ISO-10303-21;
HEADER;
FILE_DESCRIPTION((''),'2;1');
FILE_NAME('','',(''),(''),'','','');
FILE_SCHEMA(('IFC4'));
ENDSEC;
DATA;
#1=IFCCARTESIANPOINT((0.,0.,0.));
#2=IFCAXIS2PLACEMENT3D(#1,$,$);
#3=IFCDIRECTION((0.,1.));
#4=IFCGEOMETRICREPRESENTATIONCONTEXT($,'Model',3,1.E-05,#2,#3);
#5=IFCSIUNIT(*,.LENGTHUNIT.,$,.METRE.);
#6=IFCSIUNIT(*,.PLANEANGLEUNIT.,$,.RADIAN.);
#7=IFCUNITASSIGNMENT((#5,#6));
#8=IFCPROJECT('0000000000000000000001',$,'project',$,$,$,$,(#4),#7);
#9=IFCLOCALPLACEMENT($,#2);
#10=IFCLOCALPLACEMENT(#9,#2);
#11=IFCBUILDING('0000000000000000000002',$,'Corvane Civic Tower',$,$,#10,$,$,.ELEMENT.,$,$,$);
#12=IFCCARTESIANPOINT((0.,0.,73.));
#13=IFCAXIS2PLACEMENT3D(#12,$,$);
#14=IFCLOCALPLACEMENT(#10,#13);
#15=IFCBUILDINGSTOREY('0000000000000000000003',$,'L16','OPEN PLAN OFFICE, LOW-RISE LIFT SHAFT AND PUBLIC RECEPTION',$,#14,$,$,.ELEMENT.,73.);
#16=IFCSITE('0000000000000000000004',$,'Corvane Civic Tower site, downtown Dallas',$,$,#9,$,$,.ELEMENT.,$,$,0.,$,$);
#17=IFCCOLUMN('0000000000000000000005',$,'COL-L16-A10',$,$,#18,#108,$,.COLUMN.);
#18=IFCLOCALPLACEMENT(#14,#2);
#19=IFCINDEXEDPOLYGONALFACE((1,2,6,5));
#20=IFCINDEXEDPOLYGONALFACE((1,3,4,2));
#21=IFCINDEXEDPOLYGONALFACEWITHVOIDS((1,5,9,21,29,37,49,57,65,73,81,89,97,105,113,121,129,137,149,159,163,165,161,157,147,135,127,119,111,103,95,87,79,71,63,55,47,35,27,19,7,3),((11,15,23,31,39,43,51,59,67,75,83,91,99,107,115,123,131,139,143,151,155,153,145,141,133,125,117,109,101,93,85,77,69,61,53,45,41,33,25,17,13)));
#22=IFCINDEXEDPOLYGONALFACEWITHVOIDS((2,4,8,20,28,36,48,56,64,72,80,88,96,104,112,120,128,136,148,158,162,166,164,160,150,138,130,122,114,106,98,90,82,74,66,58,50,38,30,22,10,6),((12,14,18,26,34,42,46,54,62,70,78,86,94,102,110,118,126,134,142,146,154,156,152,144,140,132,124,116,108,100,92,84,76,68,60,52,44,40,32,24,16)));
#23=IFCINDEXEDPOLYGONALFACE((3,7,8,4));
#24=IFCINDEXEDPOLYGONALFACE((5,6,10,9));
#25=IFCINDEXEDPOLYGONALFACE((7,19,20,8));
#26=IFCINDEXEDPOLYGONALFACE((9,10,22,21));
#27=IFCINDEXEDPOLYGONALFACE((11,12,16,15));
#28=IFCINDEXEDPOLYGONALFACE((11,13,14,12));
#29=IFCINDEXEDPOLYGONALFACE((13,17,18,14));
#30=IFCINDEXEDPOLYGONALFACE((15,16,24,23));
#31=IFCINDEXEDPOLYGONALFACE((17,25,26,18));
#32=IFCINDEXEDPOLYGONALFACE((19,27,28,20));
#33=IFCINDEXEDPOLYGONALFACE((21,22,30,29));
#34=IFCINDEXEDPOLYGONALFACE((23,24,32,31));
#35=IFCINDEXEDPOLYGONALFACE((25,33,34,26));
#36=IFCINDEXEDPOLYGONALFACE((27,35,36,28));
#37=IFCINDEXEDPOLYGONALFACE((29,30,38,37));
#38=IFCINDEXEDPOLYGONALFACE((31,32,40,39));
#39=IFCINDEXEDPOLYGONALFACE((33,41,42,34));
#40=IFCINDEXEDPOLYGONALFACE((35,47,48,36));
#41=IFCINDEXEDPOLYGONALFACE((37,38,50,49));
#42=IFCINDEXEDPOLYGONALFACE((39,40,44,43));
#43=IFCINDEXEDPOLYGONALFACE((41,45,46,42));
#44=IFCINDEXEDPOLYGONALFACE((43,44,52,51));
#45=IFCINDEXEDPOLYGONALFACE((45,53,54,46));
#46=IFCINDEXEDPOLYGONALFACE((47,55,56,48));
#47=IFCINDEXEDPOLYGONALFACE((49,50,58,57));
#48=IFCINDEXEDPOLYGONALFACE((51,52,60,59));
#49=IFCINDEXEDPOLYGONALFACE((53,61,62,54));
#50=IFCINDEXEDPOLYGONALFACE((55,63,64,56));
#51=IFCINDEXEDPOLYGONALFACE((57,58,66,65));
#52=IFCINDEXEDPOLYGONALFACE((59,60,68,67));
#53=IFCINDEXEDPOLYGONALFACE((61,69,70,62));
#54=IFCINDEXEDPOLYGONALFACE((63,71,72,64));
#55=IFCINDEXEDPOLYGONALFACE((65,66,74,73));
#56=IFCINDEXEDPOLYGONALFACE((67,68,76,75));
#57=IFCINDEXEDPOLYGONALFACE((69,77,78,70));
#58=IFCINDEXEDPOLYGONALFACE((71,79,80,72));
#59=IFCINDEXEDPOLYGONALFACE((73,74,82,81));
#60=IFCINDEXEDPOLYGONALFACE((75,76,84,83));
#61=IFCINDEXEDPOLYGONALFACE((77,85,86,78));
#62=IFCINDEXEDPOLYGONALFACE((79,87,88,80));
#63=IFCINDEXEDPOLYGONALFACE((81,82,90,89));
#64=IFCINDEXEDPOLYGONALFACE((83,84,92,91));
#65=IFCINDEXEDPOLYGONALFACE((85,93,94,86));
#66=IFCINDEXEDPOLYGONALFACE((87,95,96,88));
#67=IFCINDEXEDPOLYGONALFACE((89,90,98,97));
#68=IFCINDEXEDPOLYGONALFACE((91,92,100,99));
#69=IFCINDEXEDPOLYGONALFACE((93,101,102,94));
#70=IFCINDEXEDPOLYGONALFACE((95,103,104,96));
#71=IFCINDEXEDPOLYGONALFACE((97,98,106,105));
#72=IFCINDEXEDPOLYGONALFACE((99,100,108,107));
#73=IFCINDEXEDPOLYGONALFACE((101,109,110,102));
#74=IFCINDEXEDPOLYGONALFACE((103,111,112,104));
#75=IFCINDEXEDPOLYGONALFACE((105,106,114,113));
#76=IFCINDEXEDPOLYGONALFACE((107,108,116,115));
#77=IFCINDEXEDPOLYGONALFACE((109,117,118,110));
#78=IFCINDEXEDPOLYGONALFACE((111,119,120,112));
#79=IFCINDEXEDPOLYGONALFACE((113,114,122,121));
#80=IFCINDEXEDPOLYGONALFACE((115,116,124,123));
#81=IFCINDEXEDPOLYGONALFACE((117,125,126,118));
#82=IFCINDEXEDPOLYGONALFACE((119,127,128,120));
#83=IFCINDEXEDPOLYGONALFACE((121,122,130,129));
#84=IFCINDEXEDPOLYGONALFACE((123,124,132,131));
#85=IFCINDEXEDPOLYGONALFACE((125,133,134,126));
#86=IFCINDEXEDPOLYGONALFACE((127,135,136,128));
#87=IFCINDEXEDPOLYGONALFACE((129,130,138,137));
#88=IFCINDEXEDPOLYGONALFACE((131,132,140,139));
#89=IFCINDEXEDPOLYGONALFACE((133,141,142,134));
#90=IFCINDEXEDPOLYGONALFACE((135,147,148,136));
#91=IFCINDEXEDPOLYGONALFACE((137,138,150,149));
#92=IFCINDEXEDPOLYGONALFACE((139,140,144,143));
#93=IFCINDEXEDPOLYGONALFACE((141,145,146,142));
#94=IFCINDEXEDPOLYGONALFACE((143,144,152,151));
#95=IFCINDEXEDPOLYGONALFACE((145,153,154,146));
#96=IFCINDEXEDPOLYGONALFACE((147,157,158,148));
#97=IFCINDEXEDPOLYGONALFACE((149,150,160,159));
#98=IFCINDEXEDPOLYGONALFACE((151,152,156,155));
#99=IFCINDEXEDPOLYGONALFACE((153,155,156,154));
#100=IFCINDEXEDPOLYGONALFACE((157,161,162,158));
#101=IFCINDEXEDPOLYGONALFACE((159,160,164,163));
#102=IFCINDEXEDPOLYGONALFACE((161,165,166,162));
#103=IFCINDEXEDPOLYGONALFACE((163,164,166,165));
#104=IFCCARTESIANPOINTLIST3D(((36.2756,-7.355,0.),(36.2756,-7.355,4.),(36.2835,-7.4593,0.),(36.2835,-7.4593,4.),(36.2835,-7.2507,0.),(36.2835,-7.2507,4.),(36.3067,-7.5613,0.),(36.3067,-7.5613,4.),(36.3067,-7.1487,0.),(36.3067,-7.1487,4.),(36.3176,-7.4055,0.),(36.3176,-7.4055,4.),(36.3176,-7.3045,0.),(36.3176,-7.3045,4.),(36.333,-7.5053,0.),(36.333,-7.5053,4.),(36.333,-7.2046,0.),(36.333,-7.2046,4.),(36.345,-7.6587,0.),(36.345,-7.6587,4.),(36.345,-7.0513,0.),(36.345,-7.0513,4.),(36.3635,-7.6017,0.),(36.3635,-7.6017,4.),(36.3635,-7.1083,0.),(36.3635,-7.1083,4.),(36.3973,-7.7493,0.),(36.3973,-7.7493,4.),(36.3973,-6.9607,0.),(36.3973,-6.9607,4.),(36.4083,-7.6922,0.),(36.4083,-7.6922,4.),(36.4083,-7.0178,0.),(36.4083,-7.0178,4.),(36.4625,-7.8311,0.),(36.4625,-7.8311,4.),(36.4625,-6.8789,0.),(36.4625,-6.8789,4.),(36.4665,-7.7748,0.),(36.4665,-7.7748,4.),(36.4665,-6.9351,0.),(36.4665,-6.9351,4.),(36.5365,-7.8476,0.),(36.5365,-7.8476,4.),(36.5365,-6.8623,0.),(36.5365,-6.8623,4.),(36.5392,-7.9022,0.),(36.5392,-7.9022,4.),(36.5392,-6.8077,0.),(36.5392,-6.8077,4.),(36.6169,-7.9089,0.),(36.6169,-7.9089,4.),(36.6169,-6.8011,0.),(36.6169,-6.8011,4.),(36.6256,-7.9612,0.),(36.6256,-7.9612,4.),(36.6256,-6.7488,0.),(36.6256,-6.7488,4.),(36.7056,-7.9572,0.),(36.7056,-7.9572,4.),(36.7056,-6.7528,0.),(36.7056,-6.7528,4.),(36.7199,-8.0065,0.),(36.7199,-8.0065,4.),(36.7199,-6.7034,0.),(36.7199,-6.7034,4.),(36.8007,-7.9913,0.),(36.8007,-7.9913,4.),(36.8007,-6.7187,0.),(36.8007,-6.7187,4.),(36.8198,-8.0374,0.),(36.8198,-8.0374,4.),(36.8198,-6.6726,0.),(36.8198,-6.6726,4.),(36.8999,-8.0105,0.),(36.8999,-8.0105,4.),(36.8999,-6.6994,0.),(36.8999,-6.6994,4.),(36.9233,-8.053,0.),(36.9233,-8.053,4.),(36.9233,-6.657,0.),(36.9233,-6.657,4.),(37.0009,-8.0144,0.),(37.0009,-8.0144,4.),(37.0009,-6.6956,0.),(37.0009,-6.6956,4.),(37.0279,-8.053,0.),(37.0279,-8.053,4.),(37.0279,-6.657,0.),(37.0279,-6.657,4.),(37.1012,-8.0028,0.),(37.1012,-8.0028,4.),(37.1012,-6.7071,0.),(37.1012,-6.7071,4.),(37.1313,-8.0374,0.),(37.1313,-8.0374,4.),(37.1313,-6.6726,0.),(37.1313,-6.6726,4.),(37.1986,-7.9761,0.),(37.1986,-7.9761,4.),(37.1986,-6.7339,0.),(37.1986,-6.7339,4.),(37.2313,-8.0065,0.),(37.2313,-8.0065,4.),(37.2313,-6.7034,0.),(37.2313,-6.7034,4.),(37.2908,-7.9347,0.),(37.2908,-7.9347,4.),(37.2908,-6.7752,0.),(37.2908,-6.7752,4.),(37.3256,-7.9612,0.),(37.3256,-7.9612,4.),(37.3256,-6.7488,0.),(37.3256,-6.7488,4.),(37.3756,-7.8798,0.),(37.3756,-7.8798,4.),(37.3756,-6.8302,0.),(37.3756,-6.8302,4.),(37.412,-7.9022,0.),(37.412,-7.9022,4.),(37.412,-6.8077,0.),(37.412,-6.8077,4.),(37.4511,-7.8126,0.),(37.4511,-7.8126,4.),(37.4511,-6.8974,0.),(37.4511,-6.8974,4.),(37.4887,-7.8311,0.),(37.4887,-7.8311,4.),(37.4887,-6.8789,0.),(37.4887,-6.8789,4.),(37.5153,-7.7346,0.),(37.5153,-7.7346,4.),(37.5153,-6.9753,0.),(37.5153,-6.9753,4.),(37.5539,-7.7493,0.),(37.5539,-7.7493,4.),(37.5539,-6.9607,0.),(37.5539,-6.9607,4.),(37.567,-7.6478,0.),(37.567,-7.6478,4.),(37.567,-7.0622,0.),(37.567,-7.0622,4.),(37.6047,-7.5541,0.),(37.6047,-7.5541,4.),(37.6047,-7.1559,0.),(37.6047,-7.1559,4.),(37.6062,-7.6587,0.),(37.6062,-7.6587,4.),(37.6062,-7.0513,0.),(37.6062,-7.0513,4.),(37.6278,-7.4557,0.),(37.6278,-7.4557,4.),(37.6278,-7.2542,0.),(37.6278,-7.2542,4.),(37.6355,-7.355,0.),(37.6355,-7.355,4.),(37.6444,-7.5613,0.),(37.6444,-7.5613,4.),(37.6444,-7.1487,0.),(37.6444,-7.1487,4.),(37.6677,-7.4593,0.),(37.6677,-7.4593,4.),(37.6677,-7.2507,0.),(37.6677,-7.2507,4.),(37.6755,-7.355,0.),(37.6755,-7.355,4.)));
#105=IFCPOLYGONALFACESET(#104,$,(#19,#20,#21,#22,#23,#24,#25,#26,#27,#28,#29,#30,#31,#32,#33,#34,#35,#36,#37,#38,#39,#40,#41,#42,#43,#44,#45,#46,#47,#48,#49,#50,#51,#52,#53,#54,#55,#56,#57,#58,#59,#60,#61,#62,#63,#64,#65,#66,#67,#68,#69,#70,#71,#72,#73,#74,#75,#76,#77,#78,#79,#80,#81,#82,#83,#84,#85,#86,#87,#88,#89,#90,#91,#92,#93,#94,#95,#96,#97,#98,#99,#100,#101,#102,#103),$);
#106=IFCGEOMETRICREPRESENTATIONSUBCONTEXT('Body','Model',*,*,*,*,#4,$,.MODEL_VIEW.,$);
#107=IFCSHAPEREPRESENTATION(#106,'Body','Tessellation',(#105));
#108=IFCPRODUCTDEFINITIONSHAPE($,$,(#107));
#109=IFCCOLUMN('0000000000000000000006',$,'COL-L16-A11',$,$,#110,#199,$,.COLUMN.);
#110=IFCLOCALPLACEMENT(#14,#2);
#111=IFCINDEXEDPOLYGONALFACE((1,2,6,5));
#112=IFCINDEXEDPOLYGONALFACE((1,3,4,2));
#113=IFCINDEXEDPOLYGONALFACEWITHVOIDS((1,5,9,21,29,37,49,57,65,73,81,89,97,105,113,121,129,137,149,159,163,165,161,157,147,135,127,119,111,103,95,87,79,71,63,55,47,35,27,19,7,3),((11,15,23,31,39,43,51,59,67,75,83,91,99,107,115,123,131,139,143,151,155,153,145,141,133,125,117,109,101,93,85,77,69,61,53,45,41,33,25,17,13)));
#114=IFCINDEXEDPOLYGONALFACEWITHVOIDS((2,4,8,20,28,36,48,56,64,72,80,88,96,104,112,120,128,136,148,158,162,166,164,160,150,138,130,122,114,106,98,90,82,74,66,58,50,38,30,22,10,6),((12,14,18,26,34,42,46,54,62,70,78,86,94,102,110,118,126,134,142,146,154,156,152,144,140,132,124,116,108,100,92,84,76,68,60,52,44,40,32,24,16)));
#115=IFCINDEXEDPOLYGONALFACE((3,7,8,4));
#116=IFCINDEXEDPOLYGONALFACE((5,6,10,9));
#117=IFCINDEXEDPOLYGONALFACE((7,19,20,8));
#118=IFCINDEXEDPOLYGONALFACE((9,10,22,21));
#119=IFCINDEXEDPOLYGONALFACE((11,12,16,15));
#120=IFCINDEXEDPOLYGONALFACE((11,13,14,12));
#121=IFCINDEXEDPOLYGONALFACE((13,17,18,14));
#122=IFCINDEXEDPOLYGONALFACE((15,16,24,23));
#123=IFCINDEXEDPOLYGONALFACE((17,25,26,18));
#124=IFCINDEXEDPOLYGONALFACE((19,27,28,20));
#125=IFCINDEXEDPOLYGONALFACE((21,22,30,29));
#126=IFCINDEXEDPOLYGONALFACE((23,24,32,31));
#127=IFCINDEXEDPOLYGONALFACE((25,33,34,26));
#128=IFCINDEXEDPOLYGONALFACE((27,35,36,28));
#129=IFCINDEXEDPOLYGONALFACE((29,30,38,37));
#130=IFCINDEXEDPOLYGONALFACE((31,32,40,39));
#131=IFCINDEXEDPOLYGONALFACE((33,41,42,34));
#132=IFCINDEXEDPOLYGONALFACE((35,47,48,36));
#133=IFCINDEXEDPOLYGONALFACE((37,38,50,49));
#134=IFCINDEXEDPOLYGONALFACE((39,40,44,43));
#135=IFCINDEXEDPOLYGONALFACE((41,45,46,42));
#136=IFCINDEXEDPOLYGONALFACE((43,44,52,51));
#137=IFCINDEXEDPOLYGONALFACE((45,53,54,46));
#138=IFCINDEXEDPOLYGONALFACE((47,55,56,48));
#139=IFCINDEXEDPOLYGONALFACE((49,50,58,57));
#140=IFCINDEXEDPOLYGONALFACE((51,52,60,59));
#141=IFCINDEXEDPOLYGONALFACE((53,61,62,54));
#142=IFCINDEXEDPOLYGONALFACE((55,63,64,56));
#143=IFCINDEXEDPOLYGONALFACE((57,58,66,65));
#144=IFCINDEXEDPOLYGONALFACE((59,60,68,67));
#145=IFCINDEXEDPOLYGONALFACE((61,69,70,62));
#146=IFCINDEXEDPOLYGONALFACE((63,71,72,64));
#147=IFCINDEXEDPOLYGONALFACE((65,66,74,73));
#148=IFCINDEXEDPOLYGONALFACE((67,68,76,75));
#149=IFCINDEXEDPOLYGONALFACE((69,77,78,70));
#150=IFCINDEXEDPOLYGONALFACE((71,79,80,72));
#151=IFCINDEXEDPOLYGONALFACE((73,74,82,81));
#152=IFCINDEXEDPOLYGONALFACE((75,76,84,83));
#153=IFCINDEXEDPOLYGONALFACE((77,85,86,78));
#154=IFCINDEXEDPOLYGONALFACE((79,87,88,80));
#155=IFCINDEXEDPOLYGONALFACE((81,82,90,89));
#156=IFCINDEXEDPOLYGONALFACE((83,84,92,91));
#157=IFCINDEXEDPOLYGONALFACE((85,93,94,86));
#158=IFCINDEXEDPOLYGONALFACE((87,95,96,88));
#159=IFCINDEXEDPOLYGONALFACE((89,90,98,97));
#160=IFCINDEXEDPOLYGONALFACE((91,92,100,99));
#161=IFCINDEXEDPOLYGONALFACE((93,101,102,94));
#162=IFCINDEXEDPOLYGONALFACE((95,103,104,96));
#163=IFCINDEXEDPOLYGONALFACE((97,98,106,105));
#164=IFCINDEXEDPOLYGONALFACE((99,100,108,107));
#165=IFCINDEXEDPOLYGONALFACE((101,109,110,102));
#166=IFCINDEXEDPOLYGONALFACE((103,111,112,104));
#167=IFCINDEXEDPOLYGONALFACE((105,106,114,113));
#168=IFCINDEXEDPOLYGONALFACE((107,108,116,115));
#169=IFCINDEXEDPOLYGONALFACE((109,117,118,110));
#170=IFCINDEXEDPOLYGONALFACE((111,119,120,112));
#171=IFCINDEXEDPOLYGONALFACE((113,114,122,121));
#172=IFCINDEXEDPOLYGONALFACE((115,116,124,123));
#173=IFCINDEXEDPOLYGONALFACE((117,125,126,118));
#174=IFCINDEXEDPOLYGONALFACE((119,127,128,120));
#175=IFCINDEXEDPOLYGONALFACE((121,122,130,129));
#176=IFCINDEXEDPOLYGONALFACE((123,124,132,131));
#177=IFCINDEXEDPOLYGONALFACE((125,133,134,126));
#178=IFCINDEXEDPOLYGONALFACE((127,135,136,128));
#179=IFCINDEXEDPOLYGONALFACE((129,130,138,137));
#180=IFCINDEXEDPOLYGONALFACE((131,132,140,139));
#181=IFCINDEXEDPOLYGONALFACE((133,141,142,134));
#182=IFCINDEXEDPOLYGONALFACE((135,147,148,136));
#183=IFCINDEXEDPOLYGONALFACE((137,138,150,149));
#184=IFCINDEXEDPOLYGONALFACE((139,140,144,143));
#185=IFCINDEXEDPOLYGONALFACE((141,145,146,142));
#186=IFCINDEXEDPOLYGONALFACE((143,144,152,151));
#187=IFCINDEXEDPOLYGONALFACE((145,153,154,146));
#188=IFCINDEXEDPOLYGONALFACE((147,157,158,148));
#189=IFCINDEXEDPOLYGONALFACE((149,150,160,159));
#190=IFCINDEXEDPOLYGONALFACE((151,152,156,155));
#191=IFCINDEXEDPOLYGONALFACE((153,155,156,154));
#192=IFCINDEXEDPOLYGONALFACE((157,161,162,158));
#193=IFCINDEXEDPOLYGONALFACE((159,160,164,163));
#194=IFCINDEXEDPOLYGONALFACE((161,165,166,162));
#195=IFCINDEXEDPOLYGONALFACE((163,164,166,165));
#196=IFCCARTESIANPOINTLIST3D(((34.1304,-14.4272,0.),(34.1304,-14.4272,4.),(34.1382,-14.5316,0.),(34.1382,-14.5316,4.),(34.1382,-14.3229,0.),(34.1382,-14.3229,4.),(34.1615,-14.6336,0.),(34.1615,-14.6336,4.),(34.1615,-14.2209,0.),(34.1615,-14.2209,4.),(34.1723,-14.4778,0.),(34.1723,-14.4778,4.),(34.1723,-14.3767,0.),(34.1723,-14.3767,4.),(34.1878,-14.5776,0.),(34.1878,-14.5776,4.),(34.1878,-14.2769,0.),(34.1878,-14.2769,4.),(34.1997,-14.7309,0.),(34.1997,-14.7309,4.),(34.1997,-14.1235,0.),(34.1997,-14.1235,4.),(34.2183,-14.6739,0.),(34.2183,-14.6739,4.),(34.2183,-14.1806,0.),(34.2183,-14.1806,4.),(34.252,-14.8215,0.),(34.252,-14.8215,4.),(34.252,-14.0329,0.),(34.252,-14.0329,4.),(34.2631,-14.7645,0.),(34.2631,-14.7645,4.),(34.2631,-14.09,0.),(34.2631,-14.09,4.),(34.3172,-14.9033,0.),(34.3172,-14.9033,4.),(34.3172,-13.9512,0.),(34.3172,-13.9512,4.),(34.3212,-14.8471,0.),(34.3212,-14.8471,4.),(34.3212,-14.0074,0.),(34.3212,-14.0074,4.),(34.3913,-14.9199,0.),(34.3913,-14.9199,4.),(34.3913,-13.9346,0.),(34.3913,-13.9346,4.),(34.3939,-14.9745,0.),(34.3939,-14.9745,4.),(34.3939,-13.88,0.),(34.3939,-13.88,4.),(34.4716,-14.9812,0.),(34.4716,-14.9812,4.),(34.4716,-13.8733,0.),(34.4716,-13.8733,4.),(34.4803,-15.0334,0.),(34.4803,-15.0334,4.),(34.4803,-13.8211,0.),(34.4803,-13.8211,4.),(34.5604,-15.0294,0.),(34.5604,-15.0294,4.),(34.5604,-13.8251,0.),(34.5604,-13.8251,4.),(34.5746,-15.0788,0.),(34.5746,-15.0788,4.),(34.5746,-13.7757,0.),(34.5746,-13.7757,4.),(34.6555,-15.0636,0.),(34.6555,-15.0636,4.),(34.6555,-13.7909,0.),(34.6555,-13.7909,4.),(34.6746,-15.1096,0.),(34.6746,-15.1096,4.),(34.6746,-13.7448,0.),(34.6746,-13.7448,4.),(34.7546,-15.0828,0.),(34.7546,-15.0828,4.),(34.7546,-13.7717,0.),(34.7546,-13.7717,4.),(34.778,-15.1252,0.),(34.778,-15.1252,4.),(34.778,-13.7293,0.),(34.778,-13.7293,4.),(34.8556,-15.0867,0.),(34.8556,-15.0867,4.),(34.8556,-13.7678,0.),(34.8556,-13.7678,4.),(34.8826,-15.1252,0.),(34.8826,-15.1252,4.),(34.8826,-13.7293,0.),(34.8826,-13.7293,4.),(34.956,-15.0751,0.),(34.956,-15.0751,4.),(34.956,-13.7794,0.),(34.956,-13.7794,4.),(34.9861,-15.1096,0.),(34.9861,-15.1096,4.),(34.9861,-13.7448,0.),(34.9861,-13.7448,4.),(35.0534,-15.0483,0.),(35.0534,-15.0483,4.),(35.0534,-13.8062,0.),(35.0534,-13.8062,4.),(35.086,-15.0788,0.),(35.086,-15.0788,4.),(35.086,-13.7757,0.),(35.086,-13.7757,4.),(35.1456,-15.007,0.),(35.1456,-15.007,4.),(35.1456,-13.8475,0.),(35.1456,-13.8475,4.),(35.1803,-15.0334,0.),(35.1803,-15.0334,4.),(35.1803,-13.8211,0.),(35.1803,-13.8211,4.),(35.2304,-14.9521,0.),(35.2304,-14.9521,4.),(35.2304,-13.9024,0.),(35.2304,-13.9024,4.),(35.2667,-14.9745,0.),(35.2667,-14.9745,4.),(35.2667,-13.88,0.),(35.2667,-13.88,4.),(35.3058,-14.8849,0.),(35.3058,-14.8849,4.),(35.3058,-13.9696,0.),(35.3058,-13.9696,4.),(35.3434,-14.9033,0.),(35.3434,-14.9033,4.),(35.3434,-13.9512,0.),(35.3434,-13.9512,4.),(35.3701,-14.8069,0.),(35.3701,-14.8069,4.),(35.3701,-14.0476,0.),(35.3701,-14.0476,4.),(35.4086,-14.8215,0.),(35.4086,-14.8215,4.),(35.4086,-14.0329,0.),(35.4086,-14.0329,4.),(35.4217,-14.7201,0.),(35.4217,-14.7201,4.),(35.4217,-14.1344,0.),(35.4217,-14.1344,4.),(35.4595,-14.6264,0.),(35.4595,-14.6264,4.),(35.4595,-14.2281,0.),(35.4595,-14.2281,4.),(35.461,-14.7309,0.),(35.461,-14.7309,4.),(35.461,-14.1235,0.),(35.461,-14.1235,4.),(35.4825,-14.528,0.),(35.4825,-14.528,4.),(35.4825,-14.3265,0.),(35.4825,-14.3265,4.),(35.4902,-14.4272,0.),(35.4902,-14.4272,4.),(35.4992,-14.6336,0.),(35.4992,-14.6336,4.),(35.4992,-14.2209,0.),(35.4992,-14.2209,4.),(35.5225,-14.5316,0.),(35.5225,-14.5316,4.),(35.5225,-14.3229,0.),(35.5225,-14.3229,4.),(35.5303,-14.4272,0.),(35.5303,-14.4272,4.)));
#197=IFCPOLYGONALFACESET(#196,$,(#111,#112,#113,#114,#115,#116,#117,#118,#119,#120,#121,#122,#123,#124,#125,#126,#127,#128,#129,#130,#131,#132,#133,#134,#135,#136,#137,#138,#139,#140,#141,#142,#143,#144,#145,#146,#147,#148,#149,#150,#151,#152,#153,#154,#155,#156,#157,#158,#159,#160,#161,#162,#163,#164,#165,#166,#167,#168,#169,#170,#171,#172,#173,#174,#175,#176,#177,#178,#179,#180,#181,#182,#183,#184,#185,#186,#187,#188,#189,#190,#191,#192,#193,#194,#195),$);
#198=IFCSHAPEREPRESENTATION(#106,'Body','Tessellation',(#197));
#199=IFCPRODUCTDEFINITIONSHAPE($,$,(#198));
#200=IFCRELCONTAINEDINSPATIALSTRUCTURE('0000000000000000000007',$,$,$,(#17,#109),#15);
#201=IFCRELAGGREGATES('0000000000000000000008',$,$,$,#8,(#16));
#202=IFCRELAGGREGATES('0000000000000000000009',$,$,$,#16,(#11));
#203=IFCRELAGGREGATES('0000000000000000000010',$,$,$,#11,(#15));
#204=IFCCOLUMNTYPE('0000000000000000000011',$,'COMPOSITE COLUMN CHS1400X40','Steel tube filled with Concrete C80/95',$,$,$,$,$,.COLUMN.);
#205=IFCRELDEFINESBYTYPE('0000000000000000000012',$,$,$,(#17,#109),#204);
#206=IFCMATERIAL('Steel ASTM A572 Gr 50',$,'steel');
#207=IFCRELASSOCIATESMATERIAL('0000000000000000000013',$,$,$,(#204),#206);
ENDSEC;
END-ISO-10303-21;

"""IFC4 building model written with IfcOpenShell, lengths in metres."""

from ifc_helpers import new_model, si_unit, direction, frame, origin, origin_2d, place, context, subcontext, project, spatial, hollow_circle, extrude, material, material_profile, profile_set, type_object, element, save


model = new_model("IFC4")

# Units and contexts
model_context = context("Model", 3, precision=1e-05, world=origin(), true_north=direction((0.0, 1.0)))
body_context = subcontext(model_context, "Body", "Model", "MODEL_VIEW")
ifc_project = project(units=[si_unit("LENGTHUNIT", "METRE"), si_unit("PLANEANGLEUNIT", "RADIAN")], contexts=[model_context])

# Site, building, storey
site_placement = place(None, origin())
site = spatial("IfcSite", under=ifc_project, at=site_placement, Name="Corvane Civic Tower site, downtown Dallas", CompositionType="ELEMENT", RefElevation=0.0)
building_placement = place(site_placement, origin())
building = spatial("IfcBuilding", under=site, at=building_placement, Name="Corvane Civic Tower", CompositionType="ELEMENT")
storey_placement = place(building_placement, frame((0.0, 0.0, 73.0)))
storey = spatial("IfcBuildingStorey", under=building, at=storey_placement, Name="L16", Description="OPEN PLAN OFFICE, LOW-RISE LIFT SHAFT AND PUBLIC RECEPTION", CompositionType="ELEMENT", Elevation=73.0)

# Columns
ifc_material_1 = material(Name="Steel ASTM A572 Gr 50", Category="steel")
ifc_material_profile_1 = material_profile(ifc_material_1, hollow_circle(Radius=0.7, WallThickness=0.04, at=origin_2d()), Name="CHS1400X40")
ifc_profile_set_1 = profile_set([ifc_material_profile_1], Name="Steel ASTM A572 Gr 50")
column_type = type_object("IfcColumnType", Name="COMPOSITE COLUMN CHS1400X40", Description="Steel tube filled with Concrete C80/95", PredefinedType="COLUMN", material=ifc_profile_set_1)
for number, where, z_axis, x_axis, name in (
    (1, (36.9756, -7.355, 0.0), (0.0, 0.0, 1.0), (1.0, 0.0, 0.0), "COL-L16-A10"),
    (2, (34.8303, -14.4272, 0.0), (0.0, 0.0, 1.0), (1.0, 0.0, 0.0), "COL-L16-A11"),
):
    element("IfcColumn", number, at=place(storey_placement, frame(where, z_axis=z_axis, x_axis=x_axis)), inside=storey, type_object=column_type, Name=name, PredefinedType="COLUMN", context=body_context, shape_type="SweptSolid", body=[
        extrude(hollow_circle(Radius=0.7, WallThickness=0.04, at=origin_2d()), origin(), (0.0, 0.0, 1.0), 4.0),
    ])

save(model, "model.ifc")
